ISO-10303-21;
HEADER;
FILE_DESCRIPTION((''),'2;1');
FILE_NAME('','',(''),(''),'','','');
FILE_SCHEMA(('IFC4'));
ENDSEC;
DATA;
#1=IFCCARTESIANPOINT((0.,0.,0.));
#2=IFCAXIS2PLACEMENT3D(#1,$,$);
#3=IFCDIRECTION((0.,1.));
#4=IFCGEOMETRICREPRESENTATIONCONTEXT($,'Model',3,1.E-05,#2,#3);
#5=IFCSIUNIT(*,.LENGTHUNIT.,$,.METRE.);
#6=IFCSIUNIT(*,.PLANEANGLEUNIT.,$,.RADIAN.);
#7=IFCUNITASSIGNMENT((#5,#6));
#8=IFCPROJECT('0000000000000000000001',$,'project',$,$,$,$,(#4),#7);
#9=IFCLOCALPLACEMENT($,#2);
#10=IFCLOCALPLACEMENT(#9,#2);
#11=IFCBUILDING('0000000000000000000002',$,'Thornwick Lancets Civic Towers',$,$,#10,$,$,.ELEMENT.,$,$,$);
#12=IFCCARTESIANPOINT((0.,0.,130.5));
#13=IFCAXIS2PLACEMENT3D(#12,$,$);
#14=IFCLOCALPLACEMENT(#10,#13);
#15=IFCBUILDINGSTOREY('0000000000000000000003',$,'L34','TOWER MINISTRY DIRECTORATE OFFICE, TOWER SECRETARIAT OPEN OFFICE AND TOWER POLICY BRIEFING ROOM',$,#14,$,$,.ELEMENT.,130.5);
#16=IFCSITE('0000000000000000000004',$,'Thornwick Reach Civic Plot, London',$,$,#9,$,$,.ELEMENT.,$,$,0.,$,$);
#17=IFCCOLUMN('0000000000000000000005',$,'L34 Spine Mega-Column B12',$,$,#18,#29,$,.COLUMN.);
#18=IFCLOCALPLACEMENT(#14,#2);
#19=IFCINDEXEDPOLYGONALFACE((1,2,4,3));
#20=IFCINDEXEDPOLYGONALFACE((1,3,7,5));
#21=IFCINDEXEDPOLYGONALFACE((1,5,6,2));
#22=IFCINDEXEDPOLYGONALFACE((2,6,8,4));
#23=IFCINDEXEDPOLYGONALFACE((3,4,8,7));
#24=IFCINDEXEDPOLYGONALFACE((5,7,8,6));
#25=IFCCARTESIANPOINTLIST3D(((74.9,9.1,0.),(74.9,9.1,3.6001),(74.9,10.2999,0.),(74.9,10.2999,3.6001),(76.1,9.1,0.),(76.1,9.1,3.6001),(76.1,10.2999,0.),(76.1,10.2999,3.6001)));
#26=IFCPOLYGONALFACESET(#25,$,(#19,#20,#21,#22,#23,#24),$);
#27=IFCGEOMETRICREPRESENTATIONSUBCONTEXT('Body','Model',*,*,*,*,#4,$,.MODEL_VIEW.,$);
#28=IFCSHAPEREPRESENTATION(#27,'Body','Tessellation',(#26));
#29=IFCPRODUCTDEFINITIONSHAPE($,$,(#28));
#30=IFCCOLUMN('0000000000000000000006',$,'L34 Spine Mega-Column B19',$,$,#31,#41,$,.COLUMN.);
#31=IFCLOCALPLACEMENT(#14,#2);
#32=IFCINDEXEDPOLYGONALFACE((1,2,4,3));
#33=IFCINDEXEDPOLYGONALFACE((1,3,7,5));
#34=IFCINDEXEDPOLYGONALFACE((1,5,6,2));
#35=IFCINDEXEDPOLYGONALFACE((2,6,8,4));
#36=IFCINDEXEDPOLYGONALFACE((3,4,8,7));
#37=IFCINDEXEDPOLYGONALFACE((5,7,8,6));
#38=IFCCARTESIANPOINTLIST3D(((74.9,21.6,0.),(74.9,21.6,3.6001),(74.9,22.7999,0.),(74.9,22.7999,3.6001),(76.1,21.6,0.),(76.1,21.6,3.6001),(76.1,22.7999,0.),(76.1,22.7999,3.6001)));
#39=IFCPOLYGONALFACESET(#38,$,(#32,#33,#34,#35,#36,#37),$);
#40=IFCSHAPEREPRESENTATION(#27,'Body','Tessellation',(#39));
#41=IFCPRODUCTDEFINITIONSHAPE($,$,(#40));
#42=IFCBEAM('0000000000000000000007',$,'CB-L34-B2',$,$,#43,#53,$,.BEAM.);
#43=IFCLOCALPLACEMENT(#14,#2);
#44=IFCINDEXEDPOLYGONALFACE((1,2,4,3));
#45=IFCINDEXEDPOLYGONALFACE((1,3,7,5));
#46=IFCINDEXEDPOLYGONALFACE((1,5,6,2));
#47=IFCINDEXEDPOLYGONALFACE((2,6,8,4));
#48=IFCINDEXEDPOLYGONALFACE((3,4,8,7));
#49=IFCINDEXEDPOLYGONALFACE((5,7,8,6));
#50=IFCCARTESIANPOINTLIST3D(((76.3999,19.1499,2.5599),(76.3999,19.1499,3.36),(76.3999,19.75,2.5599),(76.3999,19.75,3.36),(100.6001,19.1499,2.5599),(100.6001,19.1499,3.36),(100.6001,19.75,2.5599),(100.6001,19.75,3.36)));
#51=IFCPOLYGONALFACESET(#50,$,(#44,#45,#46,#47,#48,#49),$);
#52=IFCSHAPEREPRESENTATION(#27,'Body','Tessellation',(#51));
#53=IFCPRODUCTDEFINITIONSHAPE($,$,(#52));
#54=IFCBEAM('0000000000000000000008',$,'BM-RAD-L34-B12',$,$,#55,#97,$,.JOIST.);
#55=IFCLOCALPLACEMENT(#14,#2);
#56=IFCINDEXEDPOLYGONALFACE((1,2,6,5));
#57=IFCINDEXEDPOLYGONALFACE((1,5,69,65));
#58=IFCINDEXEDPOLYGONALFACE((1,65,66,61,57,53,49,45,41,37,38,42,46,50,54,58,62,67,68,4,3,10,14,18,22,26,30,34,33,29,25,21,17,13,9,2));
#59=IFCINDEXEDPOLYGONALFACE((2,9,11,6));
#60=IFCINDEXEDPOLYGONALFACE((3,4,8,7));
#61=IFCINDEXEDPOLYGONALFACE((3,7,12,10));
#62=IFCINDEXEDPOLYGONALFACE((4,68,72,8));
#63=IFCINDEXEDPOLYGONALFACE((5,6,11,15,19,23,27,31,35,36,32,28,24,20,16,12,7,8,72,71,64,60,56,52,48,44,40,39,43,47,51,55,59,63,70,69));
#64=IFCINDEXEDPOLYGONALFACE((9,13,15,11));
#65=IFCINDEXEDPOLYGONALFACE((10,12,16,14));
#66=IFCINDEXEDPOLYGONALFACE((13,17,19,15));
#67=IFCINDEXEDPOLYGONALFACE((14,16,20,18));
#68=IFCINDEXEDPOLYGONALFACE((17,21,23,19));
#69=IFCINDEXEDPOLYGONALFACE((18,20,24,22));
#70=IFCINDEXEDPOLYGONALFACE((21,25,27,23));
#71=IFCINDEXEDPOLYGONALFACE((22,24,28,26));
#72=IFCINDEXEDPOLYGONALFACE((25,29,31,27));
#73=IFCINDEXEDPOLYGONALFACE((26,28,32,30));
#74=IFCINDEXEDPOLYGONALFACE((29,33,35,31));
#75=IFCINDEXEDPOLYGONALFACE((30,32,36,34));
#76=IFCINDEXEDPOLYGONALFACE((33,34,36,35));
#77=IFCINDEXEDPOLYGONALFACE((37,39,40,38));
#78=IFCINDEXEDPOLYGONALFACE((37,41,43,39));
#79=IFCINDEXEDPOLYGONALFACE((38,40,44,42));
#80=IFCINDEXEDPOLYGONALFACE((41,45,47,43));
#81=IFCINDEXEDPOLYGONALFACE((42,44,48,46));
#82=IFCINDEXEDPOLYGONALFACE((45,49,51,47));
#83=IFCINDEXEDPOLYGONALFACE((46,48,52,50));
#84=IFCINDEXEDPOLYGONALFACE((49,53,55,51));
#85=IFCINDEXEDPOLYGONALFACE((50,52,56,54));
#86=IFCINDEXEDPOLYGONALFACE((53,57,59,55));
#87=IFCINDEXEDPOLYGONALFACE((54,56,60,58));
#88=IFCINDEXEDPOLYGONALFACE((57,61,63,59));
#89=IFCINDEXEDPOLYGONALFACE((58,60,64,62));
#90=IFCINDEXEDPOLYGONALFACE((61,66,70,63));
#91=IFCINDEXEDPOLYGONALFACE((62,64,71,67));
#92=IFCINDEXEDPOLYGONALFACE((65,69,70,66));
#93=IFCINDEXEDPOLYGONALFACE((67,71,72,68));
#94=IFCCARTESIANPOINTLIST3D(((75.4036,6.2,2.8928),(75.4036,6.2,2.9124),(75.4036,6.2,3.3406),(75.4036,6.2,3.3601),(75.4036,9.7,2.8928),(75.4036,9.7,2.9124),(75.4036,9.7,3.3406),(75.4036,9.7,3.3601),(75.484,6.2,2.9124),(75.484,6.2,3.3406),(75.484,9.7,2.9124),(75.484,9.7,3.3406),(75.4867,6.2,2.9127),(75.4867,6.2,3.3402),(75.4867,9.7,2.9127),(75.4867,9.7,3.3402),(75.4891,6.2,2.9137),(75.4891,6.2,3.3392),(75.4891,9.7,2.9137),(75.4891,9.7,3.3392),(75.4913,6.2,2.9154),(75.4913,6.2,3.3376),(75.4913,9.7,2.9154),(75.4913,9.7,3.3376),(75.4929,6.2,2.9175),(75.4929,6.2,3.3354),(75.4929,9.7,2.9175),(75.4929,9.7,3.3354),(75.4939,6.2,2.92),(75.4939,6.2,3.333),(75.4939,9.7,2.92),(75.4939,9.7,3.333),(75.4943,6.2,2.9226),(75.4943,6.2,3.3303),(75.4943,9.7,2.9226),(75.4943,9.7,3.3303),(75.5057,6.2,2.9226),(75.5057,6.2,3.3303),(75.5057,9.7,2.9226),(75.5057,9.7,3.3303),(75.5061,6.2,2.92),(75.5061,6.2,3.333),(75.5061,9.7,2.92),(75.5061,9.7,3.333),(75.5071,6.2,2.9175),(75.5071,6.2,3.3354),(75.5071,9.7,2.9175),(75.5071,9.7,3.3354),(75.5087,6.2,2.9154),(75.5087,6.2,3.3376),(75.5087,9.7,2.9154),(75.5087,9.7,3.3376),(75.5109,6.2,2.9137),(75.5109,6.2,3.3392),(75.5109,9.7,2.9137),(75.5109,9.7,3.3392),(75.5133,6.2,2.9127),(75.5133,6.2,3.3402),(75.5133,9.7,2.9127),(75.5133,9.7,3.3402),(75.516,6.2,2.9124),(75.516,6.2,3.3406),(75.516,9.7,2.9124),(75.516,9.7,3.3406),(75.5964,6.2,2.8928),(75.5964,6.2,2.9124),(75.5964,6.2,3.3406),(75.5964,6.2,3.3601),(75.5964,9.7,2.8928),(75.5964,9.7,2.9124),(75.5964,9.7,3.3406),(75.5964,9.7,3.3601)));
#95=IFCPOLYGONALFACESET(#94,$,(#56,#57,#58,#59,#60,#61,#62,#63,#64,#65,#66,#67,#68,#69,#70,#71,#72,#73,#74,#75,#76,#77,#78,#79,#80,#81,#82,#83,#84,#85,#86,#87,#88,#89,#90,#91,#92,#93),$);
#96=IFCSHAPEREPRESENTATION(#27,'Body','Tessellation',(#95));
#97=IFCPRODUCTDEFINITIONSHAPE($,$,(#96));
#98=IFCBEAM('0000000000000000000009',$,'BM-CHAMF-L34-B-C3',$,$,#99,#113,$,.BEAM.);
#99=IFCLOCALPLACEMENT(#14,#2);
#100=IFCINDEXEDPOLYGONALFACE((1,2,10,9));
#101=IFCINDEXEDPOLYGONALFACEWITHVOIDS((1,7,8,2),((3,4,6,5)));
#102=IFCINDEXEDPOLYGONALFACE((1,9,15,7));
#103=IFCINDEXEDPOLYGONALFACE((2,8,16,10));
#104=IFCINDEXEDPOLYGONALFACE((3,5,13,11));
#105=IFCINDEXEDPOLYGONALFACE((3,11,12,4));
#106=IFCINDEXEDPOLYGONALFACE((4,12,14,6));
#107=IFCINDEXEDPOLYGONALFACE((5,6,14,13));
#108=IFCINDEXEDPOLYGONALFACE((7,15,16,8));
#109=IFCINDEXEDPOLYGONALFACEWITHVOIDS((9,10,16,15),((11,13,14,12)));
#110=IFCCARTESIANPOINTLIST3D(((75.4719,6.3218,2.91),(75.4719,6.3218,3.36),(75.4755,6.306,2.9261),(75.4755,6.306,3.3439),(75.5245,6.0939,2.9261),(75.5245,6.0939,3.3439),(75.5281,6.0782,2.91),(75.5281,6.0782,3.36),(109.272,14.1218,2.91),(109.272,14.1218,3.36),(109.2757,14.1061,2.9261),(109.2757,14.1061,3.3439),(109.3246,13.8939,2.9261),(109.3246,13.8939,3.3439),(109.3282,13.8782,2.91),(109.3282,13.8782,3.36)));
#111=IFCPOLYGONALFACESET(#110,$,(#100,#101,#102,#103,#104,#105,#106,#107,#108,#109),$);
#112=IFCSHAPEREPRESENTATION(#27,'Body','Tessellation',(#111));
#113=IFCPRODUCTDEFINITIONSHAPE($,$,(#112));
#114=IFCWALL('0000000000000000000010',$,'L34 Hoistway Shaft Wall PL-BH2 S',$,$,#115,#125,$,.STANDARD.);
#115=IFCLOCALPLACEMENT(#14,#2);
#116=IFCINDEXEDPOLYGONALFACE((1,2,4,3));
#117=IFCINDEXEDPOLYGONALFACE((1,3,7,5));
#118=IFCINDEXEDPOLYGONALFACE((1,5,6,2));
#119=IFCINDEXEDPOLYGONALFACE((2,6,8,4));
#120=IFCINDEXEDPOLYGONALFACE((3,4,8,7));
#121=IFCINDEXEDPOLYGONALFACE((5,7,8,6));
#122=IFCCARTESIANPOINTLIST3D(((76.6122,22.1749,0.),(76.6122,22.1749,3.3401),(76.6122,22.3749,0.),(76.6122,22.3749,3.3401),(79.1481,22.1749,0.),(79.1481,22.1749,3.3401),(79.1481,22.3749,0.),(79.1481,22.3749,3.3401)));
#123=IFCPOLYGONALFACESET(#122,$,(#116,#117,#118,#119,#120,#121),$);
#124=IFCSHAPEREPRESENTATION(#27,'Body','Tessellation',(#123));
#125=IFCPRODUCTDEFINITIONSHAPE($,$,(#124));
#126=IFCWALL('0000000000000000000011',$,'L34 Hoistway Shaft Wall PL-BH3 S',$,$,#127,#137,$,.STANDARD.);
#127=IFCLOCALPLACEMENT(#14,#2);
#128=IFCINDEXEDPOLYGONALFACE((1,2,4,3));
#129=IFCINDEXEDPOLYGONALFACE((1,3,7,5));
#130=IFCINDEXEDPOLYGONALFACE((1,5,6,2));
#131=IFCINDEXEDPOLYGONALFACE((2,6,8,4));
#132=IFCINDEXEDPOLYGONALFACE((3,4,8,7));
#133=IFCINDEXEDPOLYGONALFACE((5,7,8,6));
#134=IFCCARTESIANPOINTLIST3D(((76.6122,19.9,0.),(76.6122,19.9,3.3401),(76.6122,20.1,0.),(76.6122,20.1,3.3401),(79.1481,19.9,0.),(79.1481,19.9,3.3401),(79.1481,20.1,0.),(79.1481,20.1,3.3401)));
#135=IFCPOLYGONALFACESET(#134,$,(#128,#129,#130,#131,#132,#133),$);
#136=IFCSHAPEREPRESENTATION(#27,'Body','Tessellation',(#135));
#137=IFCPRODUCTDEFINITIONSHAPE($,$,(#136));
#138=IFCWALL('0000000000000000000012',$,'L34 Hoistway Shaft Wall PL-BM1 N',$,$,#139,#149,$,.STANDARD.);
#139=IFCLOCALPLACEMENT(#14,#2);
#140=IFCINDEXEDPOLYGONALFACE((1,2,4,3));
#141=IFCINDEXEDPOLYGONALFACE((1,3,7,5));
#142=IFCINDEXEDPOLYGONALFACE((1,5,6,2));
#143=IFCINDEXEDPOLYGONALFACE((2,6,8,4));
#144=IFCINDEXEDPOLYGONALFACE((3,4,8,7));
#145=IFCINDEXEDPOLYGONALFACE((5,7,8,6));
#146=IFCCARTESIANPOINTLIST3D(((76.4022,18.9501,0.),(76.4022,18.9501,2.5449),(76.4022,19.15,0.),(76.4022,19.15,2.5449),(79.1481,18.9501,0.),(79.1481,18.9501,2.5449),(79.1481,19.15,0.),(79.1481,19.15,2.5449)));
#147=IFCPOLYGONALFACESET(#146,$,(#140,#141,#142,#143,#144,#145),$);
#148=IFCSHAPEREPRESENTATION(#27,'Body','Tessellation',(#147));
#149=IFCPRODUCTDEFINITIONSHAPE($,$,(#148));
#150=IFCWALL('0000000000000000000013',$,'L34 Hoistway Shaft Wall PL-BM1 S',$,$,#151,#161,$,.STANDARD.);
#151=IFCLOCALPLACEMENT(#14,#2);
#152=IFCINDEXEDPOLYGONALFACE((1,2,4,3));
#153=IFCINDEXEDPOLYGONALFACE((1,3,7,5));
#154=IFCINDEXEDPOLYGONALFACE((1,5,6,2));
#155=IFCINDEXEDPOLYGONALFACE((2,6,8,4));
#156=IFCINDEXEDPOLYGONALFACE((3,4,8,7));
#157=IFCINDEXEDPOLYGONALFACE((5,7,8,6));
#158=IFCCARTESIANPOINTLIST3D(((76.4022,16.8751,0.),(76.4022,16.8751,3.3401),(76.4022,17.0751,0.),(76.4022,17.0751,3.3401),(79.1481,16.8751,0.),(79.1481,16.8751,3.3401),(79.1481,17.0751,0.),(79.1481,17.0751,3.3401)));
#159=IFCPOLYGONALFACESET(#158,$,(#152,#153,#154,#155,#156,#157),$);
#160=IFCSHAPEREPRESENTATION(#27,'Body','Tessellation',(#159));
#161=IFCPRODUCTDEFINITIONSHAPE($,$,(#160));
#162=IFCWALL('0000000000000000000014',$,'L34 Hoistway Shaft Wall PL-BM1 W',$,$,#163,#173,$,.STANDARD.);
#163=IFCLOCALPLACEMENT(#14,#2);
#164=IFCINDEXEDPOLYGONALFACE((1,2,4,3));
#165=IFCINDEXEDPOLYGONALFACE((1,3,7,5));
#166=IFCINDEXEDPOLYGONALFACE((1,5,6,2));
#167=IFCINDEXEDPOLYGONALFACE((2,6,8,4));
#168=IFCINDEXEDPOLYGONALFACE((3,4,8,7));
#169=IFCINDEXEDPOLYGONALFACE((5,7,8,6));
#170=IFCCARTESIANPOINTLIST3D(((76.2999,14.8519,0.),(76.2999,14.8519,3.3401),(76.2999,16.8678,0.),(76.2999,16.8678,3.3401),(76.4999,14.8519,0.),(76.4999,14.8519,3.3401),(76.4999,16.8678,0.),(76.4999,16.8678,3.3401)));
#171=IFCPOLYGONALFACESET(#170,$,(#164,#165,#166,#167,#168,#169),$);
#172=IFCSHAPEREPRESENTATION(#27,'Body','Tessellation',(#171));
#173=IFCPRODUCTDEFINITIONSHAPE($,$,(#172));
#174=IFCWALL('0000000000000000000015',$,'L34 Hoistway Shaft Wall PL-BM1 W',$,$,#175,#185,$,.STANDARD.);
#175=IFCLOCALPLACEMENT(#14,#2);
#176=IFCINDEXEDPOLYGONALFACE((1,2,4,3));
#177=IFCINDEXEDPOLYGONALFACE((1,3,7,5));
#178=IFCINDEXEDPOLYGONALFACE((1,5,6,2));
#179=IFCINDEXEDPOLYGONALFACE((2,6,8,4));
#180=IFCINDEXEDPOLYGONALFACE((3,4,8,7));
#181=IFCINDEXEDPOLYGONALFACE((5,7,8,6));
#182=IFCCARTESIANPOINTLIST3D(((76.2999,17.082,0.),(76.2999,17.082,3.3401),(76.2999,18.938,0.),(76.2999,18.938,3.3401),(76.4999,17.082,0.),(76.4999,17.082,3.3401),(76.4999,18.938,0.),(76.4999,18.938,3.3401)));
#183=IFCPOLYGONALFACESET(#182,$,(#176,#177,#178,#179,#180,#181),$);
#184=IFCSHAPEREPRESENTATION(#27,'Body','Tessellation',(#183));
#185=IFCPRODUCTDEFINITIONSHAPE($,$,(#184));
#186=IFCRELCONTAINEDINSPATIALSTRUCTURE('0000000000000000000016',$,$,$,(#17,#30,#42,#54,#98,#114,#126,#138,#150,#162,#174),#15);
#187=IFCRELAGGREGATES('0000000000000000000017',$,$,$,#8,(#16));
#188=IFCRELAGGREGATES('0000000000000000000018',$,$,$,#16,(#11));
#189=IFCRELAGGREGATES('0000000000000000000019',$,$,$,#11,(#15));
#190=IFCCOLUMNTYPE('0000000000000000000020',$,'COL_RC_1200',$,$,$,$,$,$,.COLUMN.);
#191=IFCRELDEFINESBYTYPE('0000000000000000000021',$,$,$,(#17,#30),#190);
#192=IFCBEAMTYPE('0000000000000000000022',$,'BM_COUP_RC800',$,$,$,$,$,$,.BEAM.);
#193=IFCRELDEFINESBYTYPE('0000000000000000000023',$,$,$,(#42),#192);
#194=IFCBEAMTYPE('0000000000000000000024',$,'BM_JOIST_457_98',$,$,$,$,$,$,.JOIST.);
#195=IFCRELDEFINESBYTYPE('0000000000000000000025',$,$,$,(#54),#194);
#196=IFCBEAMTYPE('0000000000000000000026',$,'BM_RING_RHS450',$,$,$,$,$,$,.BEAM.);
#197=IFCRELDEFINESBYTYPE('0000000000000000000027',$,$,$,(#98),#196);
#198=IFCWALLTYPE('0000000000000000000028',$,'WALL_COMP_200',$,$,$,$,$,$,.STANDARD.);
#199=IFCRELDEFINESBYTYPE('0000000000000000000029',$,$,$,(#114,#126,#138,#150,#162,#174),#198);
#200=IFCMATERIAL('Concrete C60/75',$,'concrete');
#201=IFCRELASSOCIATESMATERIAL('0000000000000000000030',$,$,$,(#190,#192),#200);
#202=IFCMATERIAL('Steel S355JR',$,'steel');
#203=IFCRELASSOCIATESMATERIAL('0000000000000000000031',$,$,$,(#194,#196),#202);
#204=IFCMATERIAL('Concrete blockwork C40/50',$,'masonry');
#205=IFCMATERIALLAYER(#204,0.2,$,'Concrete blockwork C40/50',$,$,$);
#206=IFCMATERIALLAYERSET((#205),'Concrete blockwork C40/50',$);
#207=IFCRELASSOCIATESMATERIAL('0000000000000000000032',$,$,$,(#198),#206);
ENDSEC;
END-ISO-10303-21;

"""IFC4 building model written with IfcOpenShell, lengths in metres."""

from ifc_helpers import new_model, si_unit, direction, frame, frame_2d, origin, origin_2d, place, context, subcontext, project, spatial, rectangle, hollow_rectangle, i_section, extrude, material, layer, layer_set, material_profile, profile_set, type_object, element, save


model = new_model("IFC4")

# Units and contexts
model_context = context("Model", 3, precision=1e-05, world=origin(), true_north=direction((0.0, 1.0)))
body_context = subcontext(model_context, "Body", "Model", "MODEL_VIEW")
ifc_project = project(units=[si_unit("LENGTHUNIT", "METRE"), si_unit("PLANEANGLEUNIT", "RADIAN")], contexts=[model_context])

# Site, building, storey
site_placement = place(None, origin())
site = spatial("IfcSite", under=ifc_project, at=site_placement, Name="Thornwick Reach Civic Plot, London", CompositionType="ELEMENT", RefElevation=0.0)
building_placement = place(site_placement, origin())
building = spatial("IfcBuilding", under=site, at=building_placement, Name="Thornwick Lancets Civic Towers", CompositionType="ELEMENT")
storey_placement = place(building_placement, frame((0.0, 0.0, 130.5)))
storey = spatial("IfcBuildingStorey", under=building, at=storey_placement, Name="L34", Description="TOWER MINISTRY DIRECTORATE OFFICE, TOWER SECRETARIAT OPEN OFFICE AND TOWER POLICY BRIEFING ROOM", CompositionType="ELEMENT", Elevation=130.5)

# Columns
ifc_material_1 = material(Name="Concrete C60/75", Category="concrete")
ifc_material_profile_1 = material_profile(ifc_material_1, rectangle(XDim=1.2, YDim=1.2, at=origin_2d()), Name="RC 1200x1200")
ifc_profile_set_1 = profile_set([ifc_material_profile_1], Name="Concrete C60/75")
column_type = type_object("IfcColumnType", Name="COL_RC_1200", PredefinedType="COLUMN", material=ifc_profile_set_1)
for number, where, z_axis, x_axis, name in (
    (1, (75.5, 9.7, 0.0), (0.0, 0.0, 1.0), (1.0, 0.0, 0.0), "L34 Spine Mega-Column B12"),
    (2, (75.5, 22.2, 0.0), (0.0, 0.0, 1.0), (1.0, 0.0, 0.0), "L34 Spine Mega-Column B19"),
):
    element("IfcColumn", number, at=place(storey_placement, frame(where, z_axis=z_axis, x_axis=x_axis)), inside=storey, type_object=column_type, Name=name, PredefinedType="COLUMN", context=body_context, shape_type="SweptSolid", body=[
        extrude(rectangle(XDim=1.2, YDim=1.2, at=origin_2d()), origin(), (0.0, 0.0, 1.0), 3.6001),
    ])

# Beams
ifc_material_profile_2 = material_profile(ifc_material_1, rectangle(XDim=0.6001, YDim=0.8, at=origin_2d()), Name="RC 600x800")
ifc_profile_set_2 = profile_set([ifc_material_profile_2], Name="Concrete C60/75")
beam_type_1 = type_object("IfcBeamType", Name="BM_COUP_RC800", PredefinedType="BEAM", material=ifc_profile_set_2)
beam_1_placement = place(storey_placement, frame((76.3999, 19.45, 2.96), z_axis=(1.0, 0.0, 0.0), x_axis=(0.0, 1.0, 0.0)))
element("IfcBeam", 3, at=beam_1_placement, inside=storey, type_object=beam_type_1, Name="CB-L34-B2", PredefinedType="BEAM", context=body_context, shape_type="SweptSolid", body=[
    extrude(rectangle(XDim=0.6001, YDim=0.8, at=origin_2d()), origin(), (0.0, 0.0, 1.0), 24.2002),
])
ifc_material_2 = material(Name="Steel S355JR", Category="steel")
ifc_material_profile_3 = material_profile(ifc_material_2, i_section(OverallWidth=0.1929, OverallDepth=0.4673, WebThickness=0.0115, FlangeThickness=0.0195, FilletRadius=0.0103, at=origin_2d()), Name="UKB 457x191x98")
ifc_profile_set_3 = profile_set([ifc_material_profile_3], Name="Steel S355JR")
beam_type_2 = type_object("IfcBeamType", Name="BM_JOIST_457_98", PredefinedType="JOIST", material=ifc_profile_set_3)
beam_2_placement = place(storey_placement, frame((75.5, 9.7, 3.1265), z_axis=(0.0, -1.0, 0.0), x_axis=(1.0, 0.0, 0.0)))
element("IfcBeam", 4, at=beam_2_placement, inside=storey, type_object=beam_type_2, Name="BM-RAD-L34-B12", PredefinedType="JOIST", context=body_context, shape_type="SweptSolid", body=[
    extrude(i_section(OverallWidth=0.1929, OverallDepth=0.4673, WebThickness=0.0115, FlangeThickness=0.0195, FilletRadius=0.0103, at=origin_2d()), origin(), (0.0, 0.0, 1.0), 3.5),
])
ifc_material_profile_4 = material_profile(ifc_material_2, hollow_rectangle(XDim=0.25, YDim=0.45, WallThickness=0.0161, at=origin_2d()), Name="RHS 450x250x16")
ifc_profile_set_4 = profile_set([ifc_material_profile_4], Name="Steel S355JR")
beam_type_3 = type_object("IfcBeamType", Name="BM_RING_RHS450", PredefinedType="BEAM", material=ifc_profile_set_4)
beam_3_placement = place(storey_placement, frame((75.5, 6.2, 3.135), z_axis=(0.974391, 0.224861, 0.0), x_axis=(-0.224861, 0.974391, 0.0)))
element("IfcBeam", 5, at=beam_3_placement, inside=storey, type_object=beam_type_3, Name="BM-CHAMF-L34-B-C3", PredefinedType="BEAM", context=body_context, shape_type="SweptSolid", body=[
    extrude(hollow_rectangle(XDim=0.25, YDim=0.45, WallThickness=0.0161, at=origin_2d()), origin(), (0.0, 0.0, 1.0), 34.6885),
])

# Walls
ifc_material_3 = material(Name="Concrete blockwork C40/50", Category="masonry")
ifc_layer_1 = layer(ifc_material_3, 0.2, Name="Concrete blockwork C40/50")
ifc_layer_set_1 = layer_set([ifc_layer_1], Name="Concrete blockwork C40/50")
wall_type_1 = type_object("IfcWallType", Name="WALL_COMP_200", PredefinedType="STANDARD", material=ifc_layer_set_1)
for number, where, z_axis, x_axis, name in (
    (6, (76.6121, 22.2749, 0.0), (0.0, 0.0, 1.0), (1.0, 0.0, 0.0), "L34 Hoistway Shaft Wall PL-BH2 S"),
    (7, (76.6121, 20.0, 0.0), (0.0, 0.0, 1.0), (1.0, 0.0, 0.0), "L34 Hoistway Shaft Wall PL-BH3 S"),
):
    element("IfcWall", number, at=place(storey_placement, frame(where, z_axis=z_axis, x_axis=x_axis)), inside=storey, type_object=wall_type_1, Name=name, PredefinedType="STANDARD", context=body_context, shape_type="SweptSolid", body=[
        extrude(rectangle(XDim=2.5359, YDim=0.2, at=frame_2d((1.2681, 0.0))), origin(), (0.0, 0.0, 1.0), 3.3401),
    ])
wall_1_placement = place(storey_placement, frame((76.4021, 19.05, 0.0), z_axis=(0.0, 0.0, 1.0), x_axis=(1.0, 0.0, 0.0)))
element("IfcWall", 8, at=wall_1_placement, inside=storey, type_object=wall_type_1, Name="L34 Hoistway Shaft Wall PL-BM1 N", PredefinedType="STANDARD", context=body_context, shape_type="SweptSolid", body=[
    extrude(rectangle(XDim=2.7458, YDim=0.2, at=frame_2d((1.373, 0.0))), origin(), (0.0, 0.0, 1.0), 2.5449),
])
wall_2_placement = place(storey_placement, frame((76.4021, 16.9751, 0.0), z_axis=(0.0, 0.0, 1.0), x_axis=(1.0, 0.0, 0.0)))
element("IfcWall", 9, at=wall_2_placement, inside=storey, type_object=wall_type_1, Name="L34 Hoistway Shaft Wall PL-BM1 S", PredefinedType="STANDARD", context=body_context, shape_type="SweptSolid", body=[
    extrude(rectangle(XDim=2.7458, YDim=0.2, at=frame_2d((1.373, 0.0))), origin(), (0.0, 0.0, 1.0), 3.3401),
])
wall_3_placement = place(storey_placement, frame((76.3999, 14.8521, 0.0), z_axis=(0.0, 0.0, 1.0), x_axis=(0.0, 1.0, 0.0)))
element("IfcWall", 10, at=wall_3_placement, inside=storey, type_object=wall_type_1, Name="L34 Hoistway Shaft Wall PL-BM1 W", PredefinedType="STANDARD", context=body_context, shape_type="SweptSolid", body=[
    extrude(rectangle(XDim=2.0159, YDim=0.2, at=frame_2d((1.0078, 0.0))), origin(), (0.0, 0.0, 1.0), 3.3401),
])
wall_4_placement = place(storey_placement, frame((76.3999, 17.082, 0.0), z_axis=(0.0, 0.0, 1.0), x_axis=(0.0, 1.0, 0.0)))
element("IfcWall", 11, at=wall_4_placement, inside=storey, type_object=wall_type_1, Name="L34 Hoistway Shaft Wall PL-BM1 W", PredefinedType="STANDARD", context=body_context, shape_type="SweptSolid", body=[
    extrude(rectangle(XDim=1.856, YDim=0.2, at=frame_2d((0.928, 0.0))), origin(), (0.0, 0.0, 1.0), 3.3401),
])

save(model, "model.ifc")
